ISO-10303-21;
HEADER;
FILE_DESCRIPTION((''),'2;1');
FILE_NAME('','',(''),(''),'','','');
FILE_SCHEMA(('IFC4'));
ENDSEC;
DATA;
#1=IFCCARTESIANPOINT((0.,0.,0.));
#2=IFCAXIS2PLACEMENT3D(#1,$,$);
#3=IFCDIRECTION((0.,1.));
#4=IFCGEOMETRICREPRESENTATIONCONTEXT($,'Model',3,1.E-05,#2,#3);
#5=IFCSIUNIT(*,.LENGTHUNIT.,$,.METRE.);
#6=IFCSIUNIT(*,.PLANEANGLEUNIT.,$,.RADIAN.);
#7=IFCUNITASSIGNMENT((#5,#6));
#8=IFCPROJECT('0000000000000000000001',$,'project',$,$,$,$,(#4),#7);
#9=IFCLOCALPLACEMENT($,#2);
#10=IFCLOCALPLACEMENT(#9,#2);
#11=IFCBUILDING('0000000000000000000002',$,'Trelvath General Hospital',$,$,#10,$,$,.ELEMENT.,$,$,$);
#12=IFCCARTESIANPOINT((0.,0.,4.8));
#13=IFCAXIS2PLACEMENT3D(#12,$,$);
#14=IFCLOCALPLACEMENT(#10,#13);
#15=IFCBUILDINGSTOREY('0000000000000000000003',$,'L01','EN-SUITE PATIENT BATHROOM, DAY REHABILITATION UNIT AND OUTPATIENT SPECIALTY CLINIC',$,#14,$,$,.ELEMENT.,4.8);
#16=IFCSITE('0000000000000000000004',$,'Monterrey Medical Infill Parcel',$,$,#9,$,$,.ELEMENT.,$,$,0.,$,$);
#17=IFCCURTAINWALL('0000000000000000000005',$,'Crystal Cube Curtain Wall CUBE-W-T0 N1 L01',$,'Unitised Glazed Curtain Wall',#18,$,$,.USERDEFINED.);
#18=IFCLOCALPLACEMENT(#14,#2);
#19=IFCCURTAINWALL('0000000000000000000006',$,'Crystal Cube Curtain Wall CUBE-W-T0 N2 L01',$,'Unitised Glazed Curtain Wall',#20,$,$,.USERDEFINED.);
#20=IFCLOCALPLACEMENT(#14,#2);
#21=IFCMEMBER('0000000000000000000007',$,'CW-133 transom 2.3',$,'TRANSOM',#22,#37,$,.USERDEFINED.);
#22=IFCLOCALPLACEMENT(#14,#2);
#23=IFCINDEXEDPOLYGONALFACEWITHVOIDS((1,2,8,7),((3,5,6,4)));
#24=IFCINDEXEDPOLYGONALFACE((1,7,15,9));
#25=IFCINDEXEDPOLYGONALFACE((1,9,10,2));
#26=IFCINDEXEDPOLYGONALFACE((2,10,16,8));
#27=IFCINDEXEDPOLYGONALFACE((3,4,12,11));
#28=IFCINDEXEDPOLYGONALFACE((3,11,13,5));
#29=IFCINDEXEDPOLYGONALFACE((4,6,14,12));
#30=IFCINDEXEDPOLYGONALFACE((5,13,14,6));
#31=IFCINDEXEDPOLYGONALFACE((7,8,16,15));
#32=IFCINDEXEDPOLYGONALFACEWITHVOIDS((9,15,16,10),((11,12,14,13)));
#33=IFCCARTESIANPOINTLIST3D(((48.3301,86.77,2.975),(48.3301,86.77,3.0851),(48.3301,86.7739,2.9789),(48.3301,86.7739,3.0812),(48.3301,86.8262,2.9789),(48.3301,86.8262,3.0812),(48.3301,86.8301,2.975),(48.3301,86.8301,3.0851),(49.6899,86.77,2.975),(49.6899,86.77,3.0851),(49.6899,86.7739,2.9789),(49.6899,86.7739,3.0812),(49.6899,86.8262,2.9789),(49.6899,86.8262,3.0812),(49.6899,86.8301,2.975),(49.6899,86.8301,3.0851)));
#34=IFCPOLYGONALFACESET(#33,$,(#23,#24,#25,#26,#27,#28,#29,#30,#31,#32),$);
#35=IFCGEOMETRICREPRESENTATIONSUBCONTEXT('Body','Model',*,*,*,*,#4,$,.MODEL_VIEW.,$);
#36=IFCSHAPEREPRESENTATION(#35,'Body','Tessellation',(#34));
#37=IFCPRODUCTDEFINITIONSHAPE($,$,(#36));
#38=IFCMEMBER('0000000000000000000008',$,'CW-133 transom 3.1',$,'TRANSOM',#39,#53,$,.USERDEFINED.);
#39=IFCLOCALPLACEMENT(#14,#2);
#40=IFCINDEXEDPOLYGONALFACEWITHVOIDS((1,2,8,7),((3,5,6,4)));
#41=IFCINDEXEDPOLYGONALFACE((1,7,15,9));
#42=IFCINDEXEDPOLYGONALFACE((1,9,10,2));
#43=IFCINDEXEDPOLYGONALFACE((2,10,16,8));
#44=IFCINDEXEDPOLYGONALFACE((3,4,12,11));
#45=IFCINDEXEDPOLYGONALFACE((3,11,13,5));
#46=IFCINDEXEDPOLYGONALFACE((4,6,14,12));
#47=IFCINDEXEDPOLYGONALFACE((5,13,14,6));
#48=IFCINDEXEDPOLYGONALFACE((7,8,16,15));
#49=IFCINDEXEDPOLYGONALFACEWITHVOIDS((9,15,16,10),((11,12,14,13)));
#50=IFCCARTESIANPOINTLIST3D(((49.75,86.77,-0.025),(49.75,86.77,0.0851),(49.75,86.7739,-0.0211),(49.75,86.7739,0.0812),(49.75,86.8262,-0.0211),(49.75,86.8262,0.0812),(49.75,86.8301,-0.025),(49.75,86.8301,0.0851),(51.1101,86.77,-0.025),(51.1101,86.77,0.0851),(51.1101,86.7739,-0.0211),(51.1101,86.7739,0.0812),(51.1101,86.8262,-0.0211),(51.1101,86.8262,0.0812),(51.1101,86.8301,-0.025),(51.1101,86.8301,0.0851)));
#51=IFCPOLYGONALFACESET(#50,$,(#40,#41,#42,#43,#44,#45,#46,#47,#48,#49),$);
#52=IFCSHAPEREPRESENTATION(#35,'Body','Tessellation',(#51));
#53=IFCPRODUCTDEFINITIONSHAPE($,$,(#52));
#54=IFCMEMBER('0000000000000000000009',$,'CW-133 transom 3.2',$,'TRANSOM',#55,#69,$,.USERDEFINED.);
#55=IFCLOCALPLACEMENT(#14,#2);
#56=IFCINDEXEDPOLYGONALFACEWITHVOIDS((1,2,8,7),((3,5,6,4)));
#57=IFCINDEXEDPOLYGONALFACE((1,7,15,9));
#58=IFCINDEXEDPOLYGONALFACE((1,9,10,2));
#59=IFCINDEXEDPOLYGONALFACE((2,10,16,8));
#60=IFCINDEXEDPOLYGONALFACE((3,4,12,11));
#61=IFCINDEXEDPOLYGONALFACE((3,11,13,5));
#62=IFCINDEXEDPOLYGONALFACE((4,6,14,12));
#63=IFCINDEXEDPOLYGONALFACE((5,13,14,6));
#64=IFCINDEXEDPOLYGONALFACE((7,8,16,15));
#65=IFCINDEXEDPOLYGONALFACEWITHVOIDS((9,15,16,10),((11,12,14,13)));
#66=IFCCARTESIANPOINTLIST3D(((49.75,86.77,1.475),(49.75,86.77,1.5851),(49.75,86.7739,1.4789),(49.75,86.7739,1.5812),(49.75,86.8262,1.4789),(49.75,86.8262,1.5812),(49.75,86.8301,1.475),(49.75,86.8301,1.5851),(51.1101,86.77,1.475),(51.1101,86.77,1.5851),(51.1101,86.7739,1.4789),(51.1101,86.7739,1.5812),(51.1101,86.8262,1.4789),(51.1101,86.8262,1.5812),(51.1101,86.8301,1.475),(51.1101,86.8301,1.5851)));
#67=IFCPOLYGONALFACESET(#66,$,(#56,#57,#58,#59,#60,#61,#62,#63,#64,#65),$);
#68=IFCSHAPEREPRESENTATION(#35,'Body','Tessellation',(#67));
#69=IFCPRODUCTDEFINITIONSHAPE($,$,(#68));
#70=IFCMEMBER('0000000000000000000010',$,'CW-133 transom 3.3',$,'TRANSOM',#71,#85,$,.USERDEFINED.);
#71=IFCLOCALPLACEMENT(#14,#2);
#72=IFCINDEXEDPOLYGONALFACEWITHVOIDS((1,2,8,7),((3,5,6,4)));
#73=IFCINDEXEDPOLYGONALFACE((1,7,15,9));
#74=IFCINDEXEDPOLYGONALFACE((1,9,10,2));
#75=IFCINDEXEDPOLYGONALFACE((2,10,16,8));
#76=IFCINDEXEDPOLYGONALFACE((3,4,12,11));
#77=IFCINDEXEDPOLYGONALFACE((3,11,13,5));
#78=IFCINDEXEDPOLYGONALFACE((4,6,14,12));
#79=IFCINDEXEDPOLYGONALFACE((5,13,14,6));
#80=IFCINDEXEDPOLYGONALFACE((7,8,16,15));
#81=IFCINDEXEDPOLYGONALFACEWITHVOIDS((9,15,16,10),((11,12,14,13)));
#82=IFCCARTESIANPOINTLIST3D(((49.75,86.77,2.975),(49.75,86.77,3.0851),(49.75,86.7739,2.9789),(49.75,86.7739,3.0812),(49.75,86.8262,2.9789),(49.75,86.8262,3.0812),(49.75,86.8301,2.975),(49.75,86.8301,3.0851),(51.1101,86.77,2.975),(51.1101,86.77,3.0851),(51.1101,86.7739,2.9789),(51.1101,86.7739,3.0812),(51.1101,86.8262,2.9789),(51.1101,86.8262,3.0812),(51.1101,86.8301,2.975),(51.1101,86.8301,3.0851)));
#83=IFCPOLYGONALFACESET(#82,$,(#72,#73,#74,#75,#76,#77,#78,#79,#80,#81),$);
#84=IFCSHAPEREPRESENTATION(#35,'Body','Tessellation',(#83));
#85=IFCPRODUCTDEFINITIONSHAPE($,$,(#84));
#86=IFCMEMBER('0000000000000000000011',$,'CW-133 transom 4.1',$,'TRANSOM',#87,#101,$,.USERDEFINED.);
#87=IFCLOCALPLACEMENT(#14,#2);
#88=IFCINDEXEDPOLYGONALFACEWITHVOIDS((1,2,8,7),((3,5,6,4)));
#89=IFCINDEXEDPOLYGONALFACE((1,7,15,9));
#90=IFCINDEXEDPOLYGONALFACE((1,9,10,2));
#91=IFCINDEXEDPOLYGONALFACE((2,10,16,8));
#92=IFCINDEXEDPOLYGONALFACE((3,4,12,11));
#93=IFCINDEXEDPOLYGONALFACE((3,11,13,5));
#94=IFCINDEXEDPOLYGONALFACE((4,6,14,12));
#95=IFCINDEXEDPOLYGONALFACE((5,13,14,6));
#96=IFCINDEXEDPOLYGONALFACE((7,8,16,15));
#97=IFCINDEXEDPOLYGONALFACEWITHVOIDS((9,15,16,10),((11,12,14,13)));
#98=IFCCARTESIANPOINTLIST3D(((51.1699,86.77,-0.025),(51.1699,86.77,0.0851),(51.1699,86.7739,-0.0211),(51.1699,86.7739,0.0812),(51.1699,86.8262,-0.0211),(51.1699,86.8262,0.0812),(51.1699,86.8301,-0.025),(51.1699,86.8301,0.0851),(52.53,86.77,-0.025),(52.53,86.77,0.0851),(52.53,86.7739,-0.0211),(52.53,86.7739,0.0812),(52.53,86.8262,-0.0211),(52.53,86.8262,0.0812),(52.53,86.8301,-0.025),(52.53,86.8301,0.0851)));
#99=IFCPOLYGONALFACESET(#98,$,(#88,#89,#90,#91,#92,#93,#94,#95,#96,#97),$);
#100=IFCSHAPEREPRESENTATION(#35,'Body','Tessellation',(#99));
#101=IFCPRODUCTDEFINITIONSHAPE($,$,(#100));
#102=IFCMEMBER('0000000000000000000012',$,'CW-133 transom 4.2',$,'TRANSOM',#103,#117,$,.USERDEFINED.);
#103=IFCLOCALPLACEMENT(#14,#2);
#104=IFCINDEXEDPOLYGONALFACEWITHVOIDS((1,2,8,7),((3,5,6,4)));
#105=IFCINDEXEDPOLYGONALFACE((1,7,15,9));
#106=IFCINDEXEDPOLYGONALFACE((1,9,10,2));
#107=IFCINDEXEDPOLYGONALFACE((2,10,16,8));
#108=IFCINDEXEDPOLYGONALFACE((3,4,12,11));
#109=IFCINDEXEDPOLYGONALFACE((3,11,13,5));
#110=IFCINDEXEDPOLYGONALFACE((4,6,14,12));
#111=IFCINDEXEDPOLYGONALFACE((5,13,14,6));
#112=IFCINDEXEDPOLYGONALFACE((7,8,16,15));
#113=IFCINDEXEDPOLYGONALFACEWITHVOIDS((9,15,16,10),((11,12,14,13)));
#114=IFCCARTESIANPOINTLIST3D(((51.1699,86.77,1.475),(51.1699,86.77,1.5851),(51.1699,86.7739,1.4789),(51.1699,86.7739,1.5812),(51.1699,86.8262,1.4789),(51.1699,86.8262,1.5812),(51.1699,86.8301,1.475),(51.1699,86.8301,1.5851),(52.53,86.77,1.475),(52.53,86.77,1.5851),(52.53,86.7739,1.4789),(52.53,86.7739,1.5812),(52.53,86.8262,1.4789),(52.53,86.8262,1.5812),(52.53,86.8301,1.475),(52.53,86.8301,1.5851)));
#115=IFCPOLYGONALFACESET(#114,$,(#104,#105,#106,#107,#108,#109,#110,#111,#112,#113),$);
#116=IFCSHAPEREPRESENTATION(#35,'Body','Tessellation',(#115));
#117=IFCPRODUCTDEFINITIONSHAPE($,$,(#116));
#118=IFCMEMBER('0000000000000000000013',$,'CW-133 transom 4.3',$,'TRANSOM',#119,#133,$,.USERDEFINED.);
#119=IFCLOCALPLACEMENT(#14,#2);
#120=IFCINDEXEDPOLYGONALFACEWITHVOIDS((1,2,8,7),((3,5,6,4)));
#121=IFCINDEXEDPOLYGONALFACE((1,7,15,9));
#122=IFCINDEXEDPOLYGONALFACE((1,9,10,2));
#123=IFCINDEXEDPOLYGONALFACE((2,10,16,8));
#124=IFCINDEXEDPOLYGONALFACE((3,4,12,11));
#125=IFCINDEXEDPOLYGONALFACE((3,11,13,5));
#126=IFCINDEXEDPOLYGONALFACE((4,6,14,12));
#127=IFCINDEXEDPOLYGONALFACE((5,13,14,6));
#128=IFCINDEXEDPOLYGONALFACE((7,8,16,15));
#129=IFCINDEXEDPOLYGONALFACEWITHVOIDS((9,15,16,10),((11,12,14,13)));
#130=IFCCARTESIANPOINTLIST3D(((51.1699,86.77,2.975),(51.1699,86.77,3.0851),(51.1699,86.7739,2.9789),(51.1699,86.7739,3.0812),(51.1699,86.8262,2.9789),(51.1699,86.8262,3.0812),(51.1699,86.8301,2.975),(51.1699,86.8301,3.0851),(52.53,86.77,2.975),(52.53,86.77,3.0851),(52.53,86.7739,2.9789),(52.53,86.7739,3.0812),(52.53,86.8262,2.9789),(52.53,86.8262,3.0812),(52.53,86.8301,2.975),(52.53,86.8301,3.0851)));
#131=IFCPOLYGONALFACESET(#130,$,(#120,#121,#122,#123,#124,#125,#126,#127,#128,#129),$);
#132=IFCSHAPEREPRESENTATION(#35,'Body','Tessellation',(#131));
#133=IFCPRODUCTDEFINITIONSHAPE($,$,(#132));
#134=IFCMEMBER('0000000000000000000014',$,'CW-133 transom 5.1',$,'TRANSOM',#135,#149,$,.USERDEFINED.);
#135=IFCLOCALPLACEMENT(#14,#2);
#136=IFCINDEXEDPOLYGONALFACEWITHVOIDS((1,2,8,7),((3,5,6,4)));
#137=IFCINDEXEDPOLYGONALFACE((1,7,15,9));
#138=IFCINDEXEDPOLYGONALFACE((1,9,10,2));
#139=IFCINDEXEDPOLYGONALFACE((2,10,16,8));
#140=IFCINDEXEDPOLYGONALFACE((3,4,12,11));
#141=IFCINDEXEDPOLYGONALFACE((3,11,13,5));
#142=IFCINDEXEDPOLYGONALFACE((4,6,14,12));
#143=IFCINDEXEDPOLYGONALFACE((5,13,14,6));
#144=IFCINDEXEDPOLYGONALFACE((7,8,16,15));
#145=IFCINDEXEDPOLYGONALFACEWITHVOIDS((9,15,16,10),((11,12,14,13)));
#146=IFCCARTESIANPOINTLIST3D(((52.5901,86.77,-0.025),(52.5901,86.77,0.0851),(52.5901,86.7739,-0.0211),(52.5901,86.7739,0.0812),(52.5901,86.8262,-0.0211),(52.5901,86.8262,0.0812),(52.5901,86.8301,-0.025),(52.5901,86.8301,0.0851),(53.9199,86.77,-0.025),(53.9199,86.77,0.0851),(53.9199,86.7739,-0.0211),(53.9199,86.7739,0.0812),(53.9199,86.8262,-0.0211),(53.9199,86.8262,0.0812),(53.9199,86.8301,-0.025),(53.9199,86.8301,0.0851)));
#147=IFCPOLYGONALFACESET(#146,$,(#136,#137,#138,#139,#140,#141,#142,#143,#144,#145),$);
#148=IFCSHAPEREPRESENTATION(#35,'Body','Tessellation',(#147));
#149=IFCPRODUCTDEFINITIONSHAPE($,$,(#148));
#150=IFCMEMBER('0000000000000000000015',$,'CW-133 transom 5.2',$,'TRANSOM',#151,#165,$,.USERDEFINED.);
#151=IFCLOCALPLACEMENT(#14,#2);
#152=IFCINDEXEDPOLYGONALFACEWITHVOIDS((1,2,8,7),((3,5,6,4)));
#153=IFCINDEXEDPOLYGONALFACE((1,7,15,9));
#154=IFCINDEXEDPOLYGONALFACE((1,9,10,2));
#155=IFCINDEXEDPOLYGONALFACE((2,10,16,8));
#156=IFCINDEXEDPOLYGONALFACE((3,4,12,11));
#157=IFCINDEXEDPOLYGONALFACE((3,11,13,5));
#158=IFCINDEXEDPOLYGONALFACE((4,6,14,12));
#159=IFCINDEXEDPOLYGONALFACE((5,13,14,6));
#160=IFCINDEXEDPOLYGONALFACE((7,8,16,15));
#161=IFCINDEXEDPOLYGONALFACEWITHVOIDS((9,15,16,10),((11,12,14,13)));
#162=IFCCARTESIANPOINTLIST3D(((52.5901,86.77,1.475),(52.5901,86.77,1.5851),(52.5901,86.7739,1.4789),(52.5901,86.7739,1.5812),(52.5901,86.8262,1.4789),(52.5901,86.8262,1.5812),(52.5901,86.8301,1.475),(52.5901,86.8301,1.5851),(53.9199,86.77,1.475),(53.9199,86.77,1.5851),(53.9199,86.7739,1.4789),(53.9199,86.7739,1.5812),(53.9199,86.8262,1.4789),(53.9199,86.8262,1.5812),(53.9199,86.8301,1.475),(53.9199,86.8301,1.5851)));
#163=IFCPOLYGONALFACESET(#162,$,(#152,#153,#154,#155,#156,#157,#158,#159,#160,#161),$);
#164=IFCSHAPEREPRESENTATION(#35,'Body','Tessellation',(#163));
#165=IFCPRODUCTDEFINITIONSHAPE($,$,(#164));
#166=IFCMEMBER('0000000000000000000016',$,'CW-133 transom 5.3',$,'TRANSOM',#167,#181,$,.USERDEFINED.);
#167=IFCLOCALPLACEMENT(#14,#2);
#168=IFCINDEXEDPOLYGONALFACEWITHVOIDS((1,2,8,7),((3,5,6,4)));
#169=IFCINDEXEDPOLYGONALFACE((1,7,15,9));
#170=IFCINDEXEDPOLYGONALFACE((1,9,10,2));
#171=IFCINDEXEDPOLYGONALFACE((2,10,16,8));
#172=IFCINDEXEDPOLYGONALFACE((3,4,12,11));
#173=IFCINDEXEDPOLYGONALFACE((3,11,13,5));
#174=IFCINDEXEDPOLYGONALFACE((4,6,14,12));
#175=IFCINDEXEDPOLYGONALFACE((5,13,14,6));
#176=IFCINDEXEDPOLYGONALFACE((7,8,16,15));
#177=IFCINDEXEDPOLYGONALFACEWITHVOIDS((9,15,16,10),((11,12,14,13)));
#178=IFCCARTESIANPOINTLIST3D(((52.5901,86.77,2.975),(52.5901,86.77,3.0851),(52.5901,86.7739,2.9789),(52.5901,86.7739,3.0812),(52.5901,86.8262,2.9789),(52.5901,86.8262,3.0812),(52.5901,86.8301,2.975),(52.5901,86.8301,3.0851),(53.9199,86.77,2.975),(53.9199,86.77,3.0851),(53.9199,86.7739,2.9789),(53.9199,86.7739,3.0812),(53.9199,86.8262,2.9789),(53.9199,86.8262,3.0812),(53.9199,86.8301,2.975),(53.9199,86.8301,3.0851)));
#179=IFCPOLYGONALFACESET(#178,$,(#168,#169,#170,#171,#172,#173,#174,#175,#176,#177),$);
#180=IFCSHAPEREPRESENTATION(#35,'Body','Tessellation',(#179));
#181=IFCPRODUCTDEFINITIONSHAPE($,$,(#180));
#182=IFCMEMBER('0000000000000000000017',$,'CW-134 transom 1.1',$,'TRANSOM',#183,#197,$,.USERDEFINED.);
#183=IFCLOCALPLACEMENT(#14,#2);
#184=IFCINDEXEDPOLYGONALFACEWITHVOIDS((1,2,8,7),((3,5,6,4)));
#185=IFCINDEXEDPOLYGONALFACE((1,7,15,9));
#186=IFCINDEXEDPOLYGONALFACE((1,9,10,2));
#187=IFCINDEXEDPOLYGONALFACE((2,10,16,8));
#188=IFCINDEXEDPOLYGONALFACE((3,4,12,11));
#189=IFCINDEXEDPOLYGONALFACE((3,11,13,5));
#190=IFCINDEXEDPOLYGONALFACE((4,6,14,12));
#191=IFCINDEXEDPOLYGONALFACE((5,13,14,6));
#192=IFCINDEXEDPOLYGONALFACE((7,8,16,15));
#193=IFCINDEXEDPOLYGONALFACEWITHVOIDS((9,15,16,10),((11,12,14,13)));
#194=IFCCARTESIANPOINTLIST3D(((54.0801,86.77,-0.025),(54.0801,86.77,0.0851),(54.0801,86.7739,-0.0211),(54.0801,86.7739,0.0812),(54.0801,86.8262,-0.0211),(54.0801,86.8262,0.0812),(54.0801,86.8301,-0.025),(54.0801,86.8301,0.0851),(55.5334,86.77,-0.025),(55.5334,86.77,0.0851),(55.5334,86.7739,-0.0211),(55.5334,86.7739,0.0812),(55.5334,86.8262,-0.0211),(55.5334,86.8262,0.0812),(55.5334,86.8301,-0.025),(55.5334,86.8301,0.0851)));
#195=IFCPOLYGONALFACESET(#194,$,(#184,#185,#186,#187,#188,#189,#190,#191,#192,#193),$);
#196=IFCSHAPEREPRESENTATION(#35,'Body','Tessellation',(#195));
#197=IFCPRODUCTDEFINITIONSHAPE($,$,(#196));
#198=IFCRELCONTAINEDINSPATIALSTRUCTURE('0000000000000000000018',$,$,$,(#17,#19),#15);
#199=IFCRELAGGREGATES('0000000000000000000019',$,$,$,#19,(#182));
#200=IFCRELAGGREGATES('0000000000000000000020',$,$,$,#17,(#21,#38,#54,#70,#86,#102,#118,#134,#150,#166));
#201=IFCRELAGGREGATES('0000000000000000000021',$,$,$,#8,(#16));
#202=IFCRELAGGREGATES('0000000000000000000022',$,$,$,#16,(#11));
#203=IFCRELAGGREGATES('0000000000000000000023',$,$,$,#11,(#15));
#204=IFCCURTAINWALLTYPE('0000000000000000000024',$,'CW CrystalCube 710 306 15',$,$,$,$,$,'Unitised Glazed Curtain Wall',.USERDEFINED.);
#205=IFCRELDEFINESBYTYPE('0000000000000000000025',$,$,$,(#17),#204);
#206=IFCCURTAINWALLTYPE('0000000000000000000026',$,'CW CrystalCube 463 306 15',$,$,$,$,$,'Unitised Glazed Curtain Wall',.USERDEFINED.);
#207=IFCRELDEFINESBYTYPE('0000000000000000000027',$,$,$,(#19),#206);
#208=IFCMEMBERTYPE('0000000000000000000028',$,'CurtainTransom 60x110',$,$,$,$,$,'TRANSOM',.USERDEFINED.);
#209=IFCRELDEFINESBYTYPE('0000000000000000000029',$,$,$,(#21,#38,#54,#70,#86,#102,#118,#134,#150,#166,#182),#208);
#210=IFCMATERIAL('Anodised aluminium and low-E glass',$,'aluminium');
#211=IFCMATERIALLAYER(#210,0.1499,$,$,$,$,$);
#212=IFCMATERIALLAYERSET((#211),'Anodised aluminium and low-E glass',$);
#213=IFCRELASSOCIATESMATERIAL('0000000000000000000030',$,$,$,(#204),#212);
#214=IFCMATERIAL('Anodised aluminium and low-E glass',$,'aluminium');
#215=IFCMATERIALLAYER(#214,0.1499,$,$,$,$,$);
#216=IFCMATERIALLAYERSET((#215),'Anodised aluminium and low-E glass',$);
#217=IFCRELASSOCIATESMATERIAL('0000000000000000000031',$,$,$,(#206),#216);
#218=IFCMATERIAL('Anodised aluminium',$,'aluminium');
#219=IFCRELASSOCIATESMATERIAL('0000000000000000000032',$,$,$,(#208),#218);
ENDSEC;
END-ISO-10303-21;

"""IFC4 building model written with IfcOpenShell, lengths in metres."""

from ifc_helpers import new_model, si_unit, direction, frame, origin, origin_2d, place, context, subcontext, project, spatial, hollow_rectangle, extrude, material, layer, layer_set, material_profile, profile_set, type_object, element, aggregate, save


model = new_model("IFC4")

# Units and contexts
model_context = context("Model", 3, precision=1e-05, world=origin(), true_north=direction((0.0, 1.0)))
body_context = subcontext(model_context, "Body", "Model", "MODEL_VIEW")
ifc_project = project(units=[si_unit("LENGTHUNIT", "METRE"), si_unit("PLANEANGLEUNIT", "RADIAN")], contexts=[model_context])

# Site, building, storey
site_placement = place(None, origin())
site = spatial("IfcSite", under=ifc_project, at=site_placement, Name="Monterrey Medical Infill Parcel", CompositionType="ELEMENT", RefElevation=0.0)
building_placement = place(site_placement, origin())
building = spatial("IfcBuilding", under=site, at=building_placement, Name="Trelvath General Hospital", CompositionType="ELEMENT")
storey_placement = place(building_placement, frame((0.0, 0.0, 4.8)))
storey = spatial("IfcBuildingStorey", under=building, at=storey_placement, Name="L01", Description="EN-SUITE PATIENT BATHROOM, DAY REHABILITATION UNIT AND OUTPATIENT SPECIALTY CLINIC", CompositionType="ELEMENT", Elevation=4.8)

# Curtain wall
ifc_material_1 = material(Name="Anodised aluminium and low-E glass", Category="aluminium")
ifc_layer_1 = layer(ifc_material_1, 0.1499)
ifc_layer_set_1 = layer_set([ifc_layer_1], Name="Anodised aluminium and low-E glass")
curtain_wall_type_1 = type_object("IfcCurtainWallType", Name="CW CrystalCube 710 306 15", ElementType="Unitised Glazed Curtain Wall", PredefinedType="USERDEFINED", material=ifc_layer_set_1)
curtain_wall_1_placement = place(storey_placement, origin())
curtain_wall_1 = element("IfcCurtainWall", 1, at=curtain_wall_1_placement, inside=storey, type_object=curtain_wall_type_1, Name="Crystal Cube Curtain Wall CUBE-W-T0 N1 L01", ObjectType="Unitised Glazed Curtain Wall", PredefinedType="USERDEFINED")

# Curtain wall
ifc_material_2 = material(Name="Anodised aluminium and low-E glass", Category="aluminium")
ifc_layer_2 = layer(ifc_material_2, 0.1499)
ifc_layer_set_2 = layer_set([ifc_layer_2], Name="Anodised aluminium and low-E glass")
curtain_wall_type_2 = type_object("IfcCurtainWallType", Name="CW CrystalCube 463 306 15", ElementType="Unitised Glazed Curtain Wall", PredefinedType="USERDEFINED", material=ifc_layer_set_2)
curtain_wall_2_placement = place(storey_placement, origin())
curtain_wall_2 = element("IfcCurtainWall", 2, at=curtain_wall_2_placement, inside=storey, type_object=curtain_wall_type_2, Name="Crystal Cube Curtain Wall CUBE-W-T0 N2 L01", ObjectType="Unitised Glazed Curtain Wall", PredefinedType="USERDEFINED")

# Members
ifc_material_3 = material(Name="Anodised aluminium", Category="aluminium")
ifc_material_profile_1 = material_profile(ifc_material_3, hollow_rectangle(XDim=0.0601, YDim=0.1101, WallThickness=0.0039, at=origin_2d()), Name="RHS60x110x4")
ifc_profile_set_1 = profile_set([ifc_material_profile_1], Name="Anodised aluminium")
member_type_1 = type_object("IfcMemberType", Name="CurtainTransom 60x110", ElementType="TRANSOM", PredefinedType="USERDEFINED", material=ifc_profile_set_1)
member_1_placement = place(storey_placement, frame((48.3301, 86.8, 3.03), z_axis=(1.0, 0.0, 0.0), x_axis=(0.0, 1.0, 0.0)))
member_1 = element("IfcMember", 3, at=member_1_placement, type_object=member_type_1, Name="CW-133 transom 2.3", ObjectType="TRANSOM", PredefinedType="USERDEFINED", context=body_context, shape_type="SweptSolid", body=[
    extrude(hollow_rectangle(XDim=0.0601, YDim=0.1101, WallThickness=0.0039, at=origin_2d()), origin(), (0.0, 0.0, 1.0), 1.3599),
])
member_2_placement = place(storey_placement, frame((49.75, 86.8, 0.03), z_axis=(1.0, 0.0, 0.0), x_axis=(0.0, 1.0, 0.0)))
member_2 = element("IfcMember", 4, at=member_2_placement, type_object=member_type_1, Name="CW-133 transom 3.1", ObjectType="TRANSOM", PredefinedType="USERDEFINED", context=body_context, shape_type="SweptSolid", body=[
    extrude(hollow_rectangle(XDim=0.0601, YDim=0.1101, WallThickness=0.0039, at=origin_2d()), origin(), (0.0, 0.0, 1.0), 1.3601),
])
member_3_placement = place(storey_placement, frame((49.75, 86.8, 1.53), z_axis=(1.0, 0.0, 0.0), x_axis=(0.0, 1.0, 0.0)))
member_3 = element("IfcMember", 5, at=member_3_placement, type_object=member_type_1, Name="CW-133 transom 3.2", ObjectType="TRANSOM", PredefinedType="USERDEFINED", context=body_context, shape_type="SweptSolid", body=[
    extrude(hollow_rectangle(XDim=0.0601, YDim=0.1101, WallThickness=0.0039, at=origin_2d()), origin(), (0.0, 0.0, 1.0), 1.3601),
])
member_4_placement = place(storey_placement, frame((49.75, 86.8, 3.03), z_axis=(1.0, 0.0, 0.0), x_axis=(0.0, 1.0, 0.0)))
member_4 = element("IfcMember", 6, at=member_4_placement, type_object=member_type_1, Name="CW-133 transom 3.3", ObjectType="TRANSOM", PredefinedType="USERDEFINED", context=body_context, shape_type="SweptSolid", body=[
    extrude(hollow_rectangle(XDim=0.0601, YDim=0.1101, WallThickness=0.0039, at=origin_2d()), origin(), (0.0, 0.0, 1.0), 1.3601),
])
member_5_placement = place(storey_placement, frame((51.1699, 86.8, 0.03), z_axis=(1.0, 0.0, 0.0), x_axis=(0.0, 1.0, 0.0)))
member_5 = element("IfcMember", 7, at=member_5_placement, type_object=member_type_1, Name="CW-133 transom 4.1", ObjectType="TRANSOM", PredefinedType="USERDEFINED", context=body_context, shape_type="SweptSolid", body=[
    extrude(hollow_rectangle(XDim=0.0601, YDim=0.1101, WallThickness=0.0039, at=origin_2d()), origin(), (0.0, 0.0, 1.0), 1.3601),
])
member_6_placement = place(storey_placement, frame((51.1699, 86.8, 1.53), z_axis=(1.0, 0.0, 0.0), x_axis=(0.0, 1.0, 0.0)))
member_6 = element("IfcMember", 8, at=member_6_placement, type_object=member_type_1, Name="CW-133 transom 4.2", ObjectType="TRANSOM", PredefinedType="USERDEFINED", context=body_context, shape_type="SweptSolid", body=[
    extrude(hollow_rectangle(XDim=0.0601, YDim=0.1101, WallThickness=0.0039, at=origin_2d()), origin(), (0.0, 0.0, 1.0), 1.3601),
])
member_7_placement = place(storey_placement, frame((51.1699, 86.8, 3.03), z_axis=(1.0, 0.0, 0.0), x_axis=(0.0, 1.0, 0.0)))
member_7 = element("IfcMember", 9, at=member_7_placement, type_object=member_type_1, Name="CW-133 transom 4.3", ObjectType="TRANSOM", PredefinedType="USERDEFINED", context=body_context, shape_type="SweptSolid", body=[
    extrude(hollow_rectangle(XDim=0.0601, YDim=0.1101, WallThickness=0.0039, at=origin_2d()), origin(), (0.0, 0.0, 1.0), 1.3601),
])
member_8_placement = place(storey_placement, frame((52.5901, 86.8, 0.03), z_axis=(1.0, 0.0, 0.0), x_axis=(0.0, 1.0, 0.0)))
member_8 = element("IfcMember", 10, at=member_8_placement, type_object=member_type_1, Name="CW-133 transom 5.1", ObjectType="TRANSOM", PredefinedType="USERDEFINED", context=body_context, shape_type="SweptSolid", body=[
    extrude(hollow_rectangle(XDim=0.0601, YDim=0.1101, WallThickness=0.0039, at=origin_2d()), origin(), (0.0, 0.0, 1.0), 1.3298),
])
member_9_placement = place(storey_placement, frame((52.5901, 86.8, 1.53), z_axis=(1.0, 0.0, 0.0), x_axis=(0.0, 1.0, 0.0)))
member_9 = element("IfcMember", 11, at=member_9_placement, type_object=member_type_1, Name="CW-133 transom 5.2", ObjectType="TRANSOM", PredefinedType="USERDEFINED", context=body_context, shape_type="SweptSolid", body=[
    extrude(hollow_rectangle(XDim=0.0601, YDim=0.1101, WallThickness=0.0039, at=origin_2d()), origin(), (0.0, 0.0, 1.0), 1.3298),
])
member_10_placement = place(storey_placement, frame((52.5901, 86.8, 3.03), z_axis=(1.0, 0.0, 0.0), x_axis=(0.0, 1.0, 0.0)))
member_10 = element("IfcMember", 12, at=member_10_placement, type_object=member_type_1, Name="CW-133 transom 5.3", ObjectType="TRANSOM", PredefinedType="USERDEFINED", context=body_context, shape_type="SweptSolid", body=[
    extrude(hollow_rectangle(XDim=0.0601, YDim=0.1101, WallThickness=0.0039, at=origin_2d()), origin(), (0.0, 0.0, 1.0), 1.3298),
])
member_11_placement = place(storey_placement, frame((54.0801, 86.8, 0.03), z_axis=(1.0, 0.0, 0.0), x_axis=(0.0, 1.0, 0.0)))
member_11 = element("IfcMember", 13, at=member_11_placement, type_object=member_type_1, Name="CW-134 transom 1.1", ObjectType="TRANSOM", PredefinedType="USERDEFINED", context=body_context, shape_type="SweptSolid", body=[
    extrude(hollow_rectangle(XDim=0.0601, YDim=0.1101, WallThickness=0.0039, at=origin_2d()), origin(), (0.0, 0.0, 1.0), 1.4534),
])
aggregate(curtain_wall_2, [member_11])

aggregate(curtain_wall_1, [member_1, member_2, member_3, member_4, member_5, member_6, member_7, member_8, member_9, member_10])

save(model, "model.ifc")
